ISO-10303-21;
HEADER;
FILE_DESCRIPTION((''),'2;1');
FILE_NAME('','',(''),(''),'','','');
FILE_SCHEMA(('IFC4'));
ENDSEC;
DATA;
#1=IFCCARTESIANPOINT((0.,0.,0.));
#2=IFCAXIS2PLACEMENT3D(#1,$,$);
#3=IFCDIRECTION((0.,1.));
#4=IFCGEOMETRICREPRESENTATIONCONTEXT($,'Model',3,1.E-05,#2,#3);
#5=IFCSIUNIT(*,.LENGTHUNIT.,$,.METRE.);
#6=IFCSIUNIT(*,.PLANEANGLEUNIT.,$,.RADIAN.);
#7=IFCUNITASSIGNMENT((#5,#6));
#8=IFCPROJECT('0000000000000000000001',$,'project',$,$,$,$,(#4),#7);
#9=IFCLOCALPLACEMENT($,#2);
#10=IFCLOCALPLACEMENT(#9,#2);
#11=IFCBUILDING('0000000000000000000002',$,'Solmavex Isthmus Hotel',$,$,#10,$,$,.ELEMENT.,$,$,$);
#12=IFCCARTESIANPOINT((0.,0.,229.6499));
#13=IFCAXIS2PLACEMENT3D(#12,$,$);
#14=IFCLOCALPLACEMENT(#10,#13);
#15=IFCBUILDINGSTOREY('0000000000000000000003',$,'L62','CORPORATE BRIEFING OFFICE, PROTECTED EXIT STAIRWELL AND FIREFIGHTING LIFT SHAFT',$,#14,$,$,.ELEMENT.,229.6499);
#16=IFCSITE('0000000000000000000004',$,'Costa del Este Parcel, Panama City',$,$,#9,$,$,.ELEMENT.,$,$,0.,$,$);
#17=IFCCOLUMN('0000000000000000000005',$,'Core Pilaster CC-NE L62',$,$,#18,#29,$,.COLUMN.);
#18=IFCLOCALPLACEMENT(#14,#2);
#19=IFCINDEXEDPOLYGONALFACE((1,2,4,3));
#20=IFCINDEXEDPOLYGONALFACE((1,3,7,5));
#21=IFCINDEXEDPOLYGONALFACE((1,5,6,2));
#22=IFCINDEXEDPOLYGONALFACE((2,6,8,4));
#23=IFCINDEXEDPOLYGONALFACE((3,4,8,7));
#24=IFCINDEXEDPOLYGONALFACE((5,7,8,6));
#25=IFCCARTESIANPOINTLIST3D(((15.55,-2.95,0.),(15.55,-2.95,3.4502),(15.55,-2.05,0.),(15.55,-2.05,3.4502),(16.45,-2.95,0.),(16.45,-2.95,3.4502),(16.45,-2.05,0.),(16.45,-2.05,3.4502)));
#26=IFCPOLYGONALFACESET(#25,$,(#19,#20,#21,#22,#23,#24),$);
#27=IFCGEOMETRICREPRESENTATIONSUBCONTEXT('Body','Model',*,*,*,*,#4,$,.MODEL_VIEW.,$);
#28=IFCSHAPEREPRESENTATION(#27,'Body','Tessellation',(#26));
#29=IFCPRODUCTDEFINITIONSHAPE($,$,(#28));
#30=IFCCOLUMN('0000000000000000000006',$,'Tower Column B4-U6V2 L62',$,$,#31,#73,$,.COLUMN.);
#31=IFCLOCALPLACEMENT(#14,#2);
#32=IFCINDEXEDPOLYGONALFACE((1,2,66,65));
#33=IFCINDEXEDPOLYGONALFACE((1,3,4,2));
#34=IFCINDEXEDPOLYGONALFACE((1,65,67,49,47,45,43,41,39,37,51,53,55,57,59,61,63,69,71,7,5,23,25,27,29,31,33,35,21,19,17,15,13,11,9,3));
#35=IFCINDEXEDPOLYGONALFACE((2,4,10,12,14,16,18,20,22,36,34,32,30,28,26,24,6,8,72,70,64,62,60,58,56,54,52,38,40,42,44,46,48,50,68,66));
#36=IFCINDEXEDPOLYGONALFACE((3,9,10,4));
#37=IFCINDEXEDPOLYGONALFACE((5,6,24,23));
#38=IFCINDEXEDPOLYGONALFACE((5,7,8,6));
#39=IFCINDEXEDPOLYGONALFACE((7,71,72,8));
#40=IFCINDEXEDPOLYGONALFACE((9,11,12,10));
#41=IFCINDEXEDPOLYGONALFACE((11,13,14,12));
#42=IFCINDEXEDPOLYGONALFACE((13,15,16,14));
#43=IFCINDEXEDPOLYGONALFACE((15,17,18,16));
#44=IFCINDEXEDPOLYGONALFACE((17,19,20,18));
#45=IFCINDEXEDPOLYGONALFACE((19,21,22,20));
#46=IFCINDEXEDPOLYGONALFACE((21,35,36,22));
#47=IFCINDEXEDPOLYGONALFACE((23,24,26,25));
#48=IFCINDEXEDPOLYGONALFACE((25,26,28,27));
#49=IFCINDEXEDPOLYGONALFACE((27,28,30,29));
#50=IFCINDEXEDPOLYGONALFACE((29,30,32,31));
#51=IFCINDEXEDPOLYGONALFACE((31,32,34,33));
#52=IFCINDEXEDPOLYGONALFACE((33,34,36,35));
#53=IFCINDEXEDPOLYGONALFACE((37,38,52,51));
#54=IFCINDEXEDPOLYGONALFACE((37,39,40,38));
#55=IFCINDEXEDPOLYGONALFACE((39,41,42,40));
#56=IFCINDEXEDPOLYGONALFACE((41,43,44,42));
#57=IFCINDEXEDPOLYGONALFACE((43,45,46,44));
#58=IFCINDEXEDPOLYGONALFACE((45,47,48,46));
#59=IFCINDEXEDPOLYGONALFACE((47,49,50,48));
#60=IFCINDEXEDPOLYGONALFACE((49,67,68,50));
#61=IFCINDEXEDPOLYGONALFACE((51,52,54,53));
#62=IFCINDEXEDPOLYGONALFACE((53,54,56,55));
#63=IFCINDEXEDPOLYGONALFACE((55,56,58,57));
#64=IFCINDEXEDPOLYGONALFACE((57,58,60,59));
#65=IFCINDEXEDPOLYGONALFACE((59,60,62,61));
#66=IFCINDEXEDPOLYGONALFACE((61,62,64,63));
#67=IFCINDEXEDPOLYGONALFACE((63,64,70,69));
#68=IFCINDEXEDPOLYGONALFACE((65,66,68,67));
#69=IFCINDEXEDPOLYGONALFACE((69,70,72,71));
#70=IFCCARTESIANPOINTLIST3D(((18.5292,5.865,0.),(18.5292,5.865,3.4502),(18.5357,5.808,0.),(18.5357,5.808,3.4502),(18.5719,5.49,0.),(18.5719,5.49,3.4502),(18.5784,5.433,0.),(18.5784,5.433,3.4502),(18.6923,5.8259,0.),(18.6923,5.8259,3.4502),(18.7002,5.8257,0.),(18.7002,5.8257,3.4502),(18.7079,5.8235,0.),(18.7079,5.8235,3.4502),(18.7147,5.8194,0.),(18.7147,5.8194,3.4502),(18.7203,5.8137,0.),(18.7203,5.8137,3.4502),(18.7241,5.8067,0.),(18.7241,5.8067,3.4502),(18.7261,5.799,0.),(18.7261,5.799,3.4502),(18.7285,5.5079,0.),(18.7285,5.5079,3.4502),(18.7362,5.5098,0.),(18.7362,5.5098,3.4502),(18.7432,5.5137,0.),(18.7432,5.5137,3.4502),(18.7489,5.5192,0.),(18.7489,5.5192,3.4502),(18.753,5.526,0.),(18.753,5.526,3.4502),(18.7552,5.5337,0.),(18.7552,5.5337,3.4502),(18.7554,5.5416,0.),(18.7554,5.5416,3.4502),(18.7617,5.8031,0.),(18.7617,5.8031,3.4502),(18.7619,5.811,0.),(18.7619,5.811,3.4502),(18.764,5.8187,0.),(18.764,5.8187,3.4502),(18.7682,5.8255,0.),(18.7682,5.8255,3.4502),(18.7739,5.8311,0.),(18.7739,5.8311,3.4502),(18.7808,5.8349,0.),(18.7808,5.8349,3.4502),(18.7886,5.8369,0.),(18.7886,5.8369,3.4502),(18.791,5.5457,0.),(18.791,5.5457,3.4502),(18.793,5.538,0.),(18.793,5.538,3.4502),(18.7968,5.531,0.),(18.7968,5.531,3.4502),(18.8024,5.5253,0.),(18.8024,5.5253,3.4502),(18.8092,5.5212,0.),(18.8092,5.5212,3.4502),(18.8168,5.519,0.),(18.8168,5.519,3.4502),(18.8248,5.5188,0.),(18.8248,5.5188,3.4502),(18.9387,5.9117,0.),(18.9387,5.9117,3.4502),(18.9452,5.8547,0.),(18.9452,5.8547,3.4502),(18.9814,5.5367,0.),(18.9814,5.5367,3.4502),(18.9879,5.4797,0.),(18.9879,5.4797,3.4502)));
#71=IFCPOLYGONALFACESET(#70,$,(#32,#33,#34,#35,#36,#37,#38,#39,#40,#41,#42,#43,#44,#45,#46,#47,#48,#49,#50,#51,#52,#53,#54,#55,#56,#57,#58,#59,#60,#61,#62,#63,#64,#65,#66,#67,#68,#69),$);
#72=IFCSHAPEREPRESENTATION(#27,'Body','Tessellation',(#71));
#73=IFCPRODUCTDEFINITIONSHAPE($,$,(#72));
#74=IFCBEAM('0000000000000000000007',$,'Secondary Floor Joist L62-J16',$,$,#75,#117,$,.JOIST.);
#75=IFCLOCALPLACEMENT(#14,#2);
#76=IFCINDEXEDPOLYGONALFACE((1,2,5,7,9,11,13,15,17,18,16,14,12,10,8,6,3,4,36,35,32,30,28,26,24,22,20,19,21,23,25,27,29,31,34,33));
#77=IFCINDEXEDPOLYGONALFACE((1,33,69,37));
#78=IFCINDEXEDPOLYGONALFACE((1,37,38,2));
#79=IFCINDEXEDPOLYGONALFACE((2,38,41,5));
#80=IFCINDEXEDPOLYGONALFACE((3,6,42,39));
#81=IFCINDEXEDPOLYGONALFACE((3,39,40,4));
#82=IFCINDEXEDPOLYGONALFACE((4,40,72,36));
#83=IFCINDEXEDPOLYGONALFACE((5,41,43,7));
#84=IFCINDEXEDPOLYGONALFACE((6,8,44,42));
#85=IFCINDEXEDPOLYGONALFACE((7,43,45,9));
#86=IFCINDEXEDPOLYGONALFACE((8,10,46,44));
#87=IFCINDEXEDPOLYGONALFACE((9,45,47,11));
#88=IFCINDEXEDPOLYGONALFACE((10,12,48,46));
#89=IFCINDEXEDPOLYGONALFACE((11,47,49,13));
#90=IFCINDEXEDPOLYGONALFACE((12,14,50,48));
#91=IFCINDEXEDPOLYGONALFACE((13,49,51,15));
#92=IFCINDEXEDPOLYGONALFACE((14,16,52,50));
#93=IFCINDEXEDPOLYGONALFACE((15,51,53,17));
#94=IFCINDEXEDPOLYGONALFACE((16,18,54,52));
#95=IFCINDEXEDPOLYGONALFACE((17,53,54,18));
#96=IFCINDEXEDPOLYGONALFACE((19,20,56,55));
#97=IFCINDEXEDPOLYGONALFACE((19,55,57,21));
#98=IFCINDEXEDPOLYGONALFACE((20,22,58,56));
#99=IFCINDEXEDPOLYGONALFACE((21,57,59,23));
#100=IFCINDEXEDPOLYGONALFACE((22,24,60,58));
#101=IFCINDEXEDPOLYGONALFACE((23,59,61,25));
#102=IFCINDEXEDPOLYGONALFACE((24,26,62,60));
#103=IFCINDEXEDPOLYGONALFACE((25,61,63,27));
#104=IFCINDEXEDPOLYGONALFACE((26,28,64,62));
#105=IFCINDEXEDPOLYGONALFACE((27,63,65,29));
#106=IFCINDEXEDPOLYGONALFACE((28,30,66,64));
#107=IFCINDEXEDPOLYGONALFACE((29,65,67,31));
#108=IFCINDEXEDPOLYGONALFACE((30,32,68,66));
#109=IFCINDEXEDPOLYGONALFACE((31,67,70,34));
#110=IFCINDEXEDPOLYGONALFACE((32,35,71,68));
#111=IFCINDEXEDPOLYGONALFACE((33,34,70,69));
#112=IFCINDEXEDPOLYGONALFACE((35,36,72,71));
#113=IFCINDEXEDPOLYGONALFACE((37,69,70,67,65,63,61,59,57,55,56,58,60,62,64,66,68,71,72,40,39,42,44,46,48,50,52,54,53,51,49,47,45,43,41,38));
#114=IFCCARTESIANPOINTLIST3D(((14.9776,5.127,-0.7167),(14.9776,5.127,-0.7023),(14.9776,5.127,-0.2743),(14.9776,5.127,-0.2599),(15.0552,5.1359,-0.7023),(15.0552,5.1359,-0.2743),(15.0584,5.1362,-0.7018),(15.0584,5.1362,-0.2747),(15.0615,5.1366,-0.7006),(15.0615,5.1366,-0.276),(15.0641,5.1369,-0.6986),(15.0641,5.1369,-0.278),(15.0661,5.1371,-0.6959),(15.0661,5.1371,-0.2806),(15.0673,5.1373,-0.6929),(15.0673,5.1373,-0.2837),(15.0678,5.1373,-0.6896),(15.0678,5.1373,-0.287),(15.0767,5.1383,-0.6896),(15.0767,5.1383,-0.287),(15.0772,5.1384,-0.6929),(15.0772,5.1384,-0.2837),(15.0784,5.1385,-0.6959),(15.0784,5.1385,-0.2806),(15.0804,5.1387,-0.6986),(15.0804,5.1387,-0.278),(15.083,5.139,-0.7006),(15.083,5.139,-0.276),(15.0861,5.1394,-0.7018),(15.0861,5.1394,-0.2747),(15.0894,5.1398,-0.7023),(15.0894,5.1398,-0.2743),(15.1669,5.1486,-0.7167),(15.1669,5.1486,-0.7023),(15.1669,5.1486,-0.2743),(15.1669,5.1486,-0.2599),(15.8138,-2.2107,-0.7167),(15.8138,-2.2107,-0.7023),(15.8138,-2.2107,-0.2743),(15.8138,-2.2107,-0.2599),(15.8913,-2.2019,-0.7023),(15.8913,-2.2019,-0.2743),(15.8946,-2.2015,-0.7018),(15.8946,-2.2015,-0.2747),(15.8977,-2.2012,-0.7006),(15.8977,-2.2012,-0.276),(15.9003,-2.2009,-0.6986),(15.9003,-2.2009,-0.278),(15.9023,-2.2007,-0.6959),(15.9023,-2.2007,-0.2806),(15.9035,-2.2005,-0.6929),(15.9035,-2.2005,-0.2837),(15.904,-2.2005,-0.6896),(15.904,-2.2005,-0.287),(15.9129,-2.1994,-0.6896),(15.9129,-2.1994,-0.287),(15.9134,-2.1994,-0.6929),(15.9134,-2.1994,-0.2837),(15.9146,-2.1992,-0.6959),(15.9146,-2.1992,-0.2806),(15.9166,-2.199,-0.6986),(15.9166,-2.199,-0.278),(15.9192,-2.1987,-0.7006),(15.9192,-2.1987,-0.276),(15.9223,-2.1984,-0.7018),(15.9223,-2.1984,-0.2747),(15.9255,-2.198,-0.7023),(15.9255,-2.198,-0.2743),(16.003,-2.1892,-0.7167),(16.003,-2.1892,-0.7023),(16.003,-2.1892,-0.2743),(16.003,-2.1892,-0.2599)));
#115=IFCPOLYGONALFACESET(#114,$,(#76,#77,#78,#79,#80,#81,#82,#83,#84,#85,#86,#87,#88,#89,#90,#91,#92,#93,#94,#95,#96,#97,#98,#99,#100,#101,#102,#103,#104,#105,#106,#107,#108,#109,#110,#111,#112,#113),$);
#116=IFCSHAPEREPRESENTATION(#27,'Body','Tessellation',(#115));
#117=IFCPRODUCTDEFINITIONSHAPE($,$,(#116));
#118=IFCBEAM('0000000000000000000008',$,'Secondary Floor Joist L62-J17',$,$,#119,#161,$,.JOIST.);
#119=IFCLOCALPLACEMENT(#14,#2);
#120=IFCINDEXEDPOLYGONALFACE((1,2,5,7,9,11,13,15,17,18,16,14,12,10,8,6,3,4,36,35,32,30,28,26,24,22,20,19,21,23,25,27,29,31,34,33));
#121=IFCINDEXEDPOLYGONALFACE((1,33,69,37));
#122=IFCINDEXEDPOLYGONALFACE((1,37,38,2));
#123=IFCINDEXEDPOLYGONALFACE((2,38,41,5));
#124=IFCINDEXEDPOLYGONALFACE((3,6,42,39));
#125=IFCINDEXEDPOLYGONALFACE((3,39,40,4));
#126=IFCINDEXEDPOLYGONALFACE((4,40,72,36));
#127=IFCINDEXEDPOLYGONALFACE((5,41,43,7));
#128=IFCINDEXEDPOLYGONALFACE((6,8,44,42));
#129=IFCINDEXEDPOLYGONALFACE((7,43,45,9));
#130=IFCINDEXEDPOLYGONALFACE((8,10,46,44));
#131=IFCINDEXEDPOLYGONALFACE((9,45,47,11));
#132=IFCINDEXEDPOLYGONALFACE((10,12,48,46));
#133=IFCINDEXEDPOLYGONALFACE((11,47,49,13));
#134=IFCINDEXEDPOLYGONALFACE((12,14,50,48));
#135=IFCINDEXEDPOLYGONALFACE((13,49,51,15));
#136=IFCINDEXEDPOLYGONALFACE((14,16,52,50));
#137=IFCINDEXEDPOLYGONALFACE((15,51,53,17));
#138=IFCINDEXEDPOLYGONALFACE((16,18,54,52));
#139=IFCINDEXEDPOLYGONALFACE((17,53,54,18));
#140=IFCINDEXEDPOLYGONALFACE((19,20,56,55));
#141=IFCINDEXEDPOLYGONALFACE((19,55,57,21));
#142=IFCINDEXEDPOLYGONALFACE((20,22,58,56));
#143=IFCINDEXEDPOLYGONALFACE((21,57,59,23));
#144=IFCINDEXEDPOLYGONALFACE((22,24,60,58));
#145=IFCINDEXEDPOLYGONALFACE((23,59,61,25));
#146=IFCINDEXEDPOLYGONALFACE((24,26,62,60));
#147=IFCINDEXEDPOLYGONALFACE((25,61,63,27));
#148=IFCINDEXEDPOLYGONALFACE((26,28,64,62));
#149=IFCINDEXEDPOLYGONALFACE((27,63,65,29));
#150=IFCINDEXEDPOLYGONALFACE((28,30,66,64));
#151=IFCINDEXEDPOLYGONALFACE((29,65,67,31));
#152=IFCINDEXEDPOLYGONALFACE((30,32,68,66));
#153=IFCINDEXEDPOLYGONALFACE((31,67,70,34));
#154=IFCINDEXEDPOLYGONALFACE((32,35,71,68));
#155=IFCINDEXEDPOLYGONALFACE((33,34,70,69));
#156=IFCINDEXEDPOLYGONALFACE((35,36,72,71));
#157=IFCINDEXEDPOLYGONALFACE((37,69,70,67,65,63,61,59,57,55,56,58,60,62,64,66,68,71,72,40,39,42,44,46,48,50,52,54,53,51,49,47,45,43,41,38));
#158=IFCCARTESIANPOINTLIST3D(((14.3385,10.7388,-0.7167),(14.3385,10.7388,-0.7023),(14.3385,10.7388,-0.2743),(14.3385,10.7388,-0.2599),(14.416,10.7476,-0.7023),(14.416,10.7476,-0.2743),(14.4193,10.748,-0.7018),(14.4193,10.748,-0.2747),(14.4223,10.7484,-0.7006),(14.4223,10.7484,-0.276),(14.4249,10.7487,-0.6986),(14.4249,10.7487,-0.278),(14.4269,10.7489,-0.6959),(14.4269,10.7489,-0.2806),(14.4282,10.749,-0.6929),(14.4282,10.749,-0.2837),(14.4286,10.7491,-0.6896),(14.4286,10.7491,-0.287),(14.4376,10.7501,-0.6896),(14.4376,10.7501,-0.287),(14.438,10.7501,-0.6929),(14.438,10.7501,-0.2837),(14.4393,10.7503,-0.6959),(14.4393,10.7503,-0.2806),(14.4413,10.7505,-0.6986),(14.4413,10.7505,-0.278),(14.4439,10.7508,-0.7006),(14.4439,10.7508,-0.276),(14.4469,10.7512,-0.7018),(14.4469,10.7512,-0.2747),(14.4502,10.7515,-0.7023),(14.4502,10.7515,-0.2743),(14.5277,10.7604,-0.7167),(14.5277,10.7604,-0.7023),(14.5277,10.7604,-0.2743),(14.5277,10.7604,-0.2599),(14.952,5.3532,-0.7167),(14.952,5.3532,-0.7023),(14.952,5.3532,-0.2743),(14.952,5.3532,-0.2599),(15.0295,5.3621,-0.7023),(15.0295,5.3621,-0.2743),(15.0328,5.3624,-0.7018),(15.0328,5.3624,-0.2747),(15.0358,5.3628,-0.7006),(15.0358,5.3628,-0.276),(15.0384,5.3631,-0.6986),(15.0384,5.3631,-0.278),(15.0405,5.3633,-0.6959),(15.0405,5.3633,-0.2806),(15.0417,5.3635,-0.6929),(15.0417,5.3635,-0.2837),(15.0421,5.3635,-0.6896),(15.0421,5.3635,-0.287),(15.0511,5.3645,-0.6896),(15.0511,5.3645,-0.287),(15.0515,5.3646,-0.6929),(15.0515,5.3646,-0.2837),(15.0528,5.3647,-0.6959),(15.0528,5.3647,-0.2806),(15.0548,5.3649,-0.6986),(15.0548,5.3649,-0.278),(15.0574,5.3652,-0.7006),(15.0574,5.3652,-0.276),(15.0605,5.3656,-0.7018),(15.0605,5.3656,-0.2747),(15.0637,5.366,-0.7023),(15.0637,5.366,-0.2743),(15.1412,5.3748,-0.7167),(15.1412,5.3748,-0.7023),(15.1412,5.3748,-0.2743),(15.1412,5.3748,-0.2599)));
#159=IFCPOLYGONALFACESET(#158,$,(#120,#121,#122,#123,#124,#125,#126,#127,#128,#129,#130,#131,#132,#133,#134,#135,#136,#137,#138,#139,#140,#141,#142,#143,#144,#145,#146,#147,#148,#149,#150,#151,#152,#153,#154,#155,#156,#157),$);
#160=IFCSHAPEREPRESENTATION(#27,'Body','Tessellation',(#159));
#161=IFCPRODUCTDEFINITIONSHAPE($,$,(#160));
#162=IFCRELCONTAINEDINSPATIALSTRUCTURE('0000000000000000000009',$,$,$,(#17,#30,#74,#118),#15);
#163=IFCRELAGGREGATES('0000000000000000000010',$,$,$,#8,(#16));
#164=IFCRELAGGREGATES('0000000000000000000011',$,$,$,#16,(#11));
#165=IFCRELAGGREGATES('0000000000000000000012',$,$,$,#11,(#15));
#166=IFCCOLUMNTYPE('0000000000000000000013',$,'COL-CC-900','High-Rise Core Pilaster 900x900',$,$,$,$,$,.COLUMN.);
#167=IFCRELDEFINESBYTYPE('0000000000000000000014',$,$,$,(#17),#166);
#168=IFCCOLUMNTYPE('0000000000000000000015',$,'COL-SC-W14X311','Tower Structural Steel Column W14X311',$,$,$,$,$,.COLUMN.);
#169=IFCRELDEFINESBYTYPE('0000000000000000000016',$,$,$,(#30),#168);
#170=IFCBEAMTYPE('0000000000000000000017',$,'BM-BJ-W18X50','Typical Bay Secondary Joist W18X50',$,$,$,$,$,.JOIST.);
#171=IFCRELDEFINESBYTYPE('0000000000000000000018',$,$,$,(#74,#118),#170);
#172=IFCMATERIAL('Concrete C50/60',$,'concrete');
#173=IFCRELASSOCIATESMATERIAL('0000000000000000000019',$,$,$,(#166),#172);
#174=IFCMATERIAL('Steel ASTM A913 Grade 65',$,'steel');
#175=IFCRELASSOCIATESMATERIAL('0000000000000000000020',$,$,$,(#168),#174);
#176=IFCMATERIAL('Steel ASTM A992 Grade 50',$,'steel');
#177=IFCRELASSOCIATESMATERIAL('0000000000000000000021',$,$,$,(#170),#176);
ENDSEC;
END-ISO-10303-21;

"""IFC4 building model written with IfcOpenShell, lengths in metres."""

from ifc_helpers import new_model, si_unit, direction, frame, origin, origin_2d, place, context, subcontext, project, spatial, rectangle, i_section, extrude, material, material_profile, profile_set, type_object, element, save


model = new_model("IFC4")

# Units and contexts
model_context = context("Model", 3, precision=1e-05, world=origin(), true_north=direction((0.0, 1.0)))
body_context = subcontext(model_context, "Body", "Model", "MODEL_VIEW")
ifc_project = project(units=[si_unit("LENGTHUNIT", "METRE"), si_unit("PLANEANGLEUNIT", "RADIAN")], contexts=[model_context])

# Site, building, storey
site_placement = place(None, origin())
site = spatial("IfcSite", under=ifc_project, at=site_placement, Name="Costa del Este Parcel, Panama City", CompositionType="ELEMENT", RefElevation=0.0)
building_placement = place(site_placement, origin())
building = spatial("IfcBuilding", under=site, at=building_placement, Name="Solmavex Isthmus Hotel", CompositionType="ELEMENT")
storey_placement = place(building_placement, frame((0.0, 0.0, 229.6499)))
storey = spatial("IfcBuildingStorey", under=building, at=storey_placement, Name="L62", Description="CORPORATE BRIEFING OFFICE, PROTECTED EXIT STAIRWELL AND FIREFIGHTING LIFT SHAFT", CompositionType="ELEMENT", Elevation=229.6499)

# Columns
ifc_material_1 = material(Name="Concrete C50/60", Category="concrete")
ifc_material_profile_1 = material_profile(ifc_material_1, rectangle(XDim=0.8999, YDim=0.8999, at=origin_2d()), Name="RC900X900")
ifc_profile_set_1 = profile_set([ifc_material_profile_1], Name="Concrete C50/60")
column_type_1 = type_object("IfcColumnType", Name="COL-CC-900", Description="High-Rise Core Pilaster 900x900", PredefinedType="COLUMN", material=ifc_profile_set_1)
column_1_placement = place(storey_placement, frame((16.0, -2.5, 0.0), z_axis=(0.0, 0.0, 1.0), x_axis=(1.0, 0.0, 0.0)))
element("IfcColumn", 1, at=column_1_placement, inside=storey, type_object=column_type_1, Name="Core Pilaster CC-NE L62", PredefinedType="COLUMN", context=body_context, shape_type="SweptSolid", body=[
    extrude(rectangle(XDim=0.8999, YDim=0.8999, at=origin_2d()), origin(), (0.0, 0.0, 1.0), 3.4502),
])
ifc_material_2 = material(Name="Steel ASTM A913 Grade 65", Category="steel")
ifc_material_profile_2 = material_profile(ifc_material_2, i_section(OverallWidth=0.4121, OverallDepth=0.4348, WebThickness=0.0359, FlangeThickness=0.0574, FilletRadius=0.0305, at=origin_2d()), Name="W14X311")
ifc_profile_set_2 = profile_set([ifc_material_profile_2], Name="Steel ASTM A913 Grade 65")
column_type_2 = type_object("IfcColumnType", Name="COL-SC-W14X311", Description="Tower Structural Steel Column W14X311", PredefinedType="COLUMN", material=ifc_profile_set_2)
column_2_placement = place(storey_placement, frame((18.7585, 5.6724, 0.0), z_axis=(0.0, 0.0, 1.0), x_axis=(0.993572, 0.113203, 0.0)))
element("IfcColumn", 2, at=column_2_placement, inside=storey, type_object=column_type_2, Name="Tower Column B4-U6V2 L62", PredefinedType="COLUMN", context=body_context, shape_type="SweptSolid", body=[
    extrude(i_section(OverallWidth=0.4121, OverallDepth=0.4348, WebThickness=0.0359, FlangeThickness=0.0574, FilletRadius=0.0305, at=origin_2d()), origin(), (0.0, 0.0, 1.0), 3.4502),
])

# Beams
ifc_material_3 = material(Name="Steel ASTM A992 Grade 50", Category="steel")
ifc_material_profile_3 = material_profile(ifc_material_3, i_section(OverallWidth=0.1904, OverallDepth=0.4568, WebThickness=0.009, FlangeThickness=0.0144, FilletRadius=0.0127, at=origin_2d()), Name="W18X50")
ifc_profile_set_3 = profile_set([ifc_material_profile_3], Name="Steel ASTM A992 Grade 50")
beam_type_1 = type_object("IfcBeamType", Name="BM-BJ-W18X50", Description="Typical Bay Secondary Joist W18X50", PredefinedType="JOIST", material=ifc_profile_set_3)
beam_1_placement = place(storey_placement, frame((15.9084, -2.2, -0.4883), z_axis=(-0.113225, 0.993569, 0.0), x_axis=(-0.993569, -0.113225, 0.0)))
element("IfcBeam", 3, at=beam_1_placement, inside=storey, type_object=beam_type_1, Name="Secondary Floor Joist L62-J16", PredefinedType="JOIST", context=body_context, shape_type="SweptSolid", body=[
    extrude(i_section(OverallWidth=0.1904, OverallDepth=0.4568, WebThickness=0.009, FlangeThickness=0.0144, FilletRadius=0.0127, at=origin_2d()), origin(), (0.0, 0.0, 1.0), 7.3853),
])
beam_2_placement = place(storey_placement, frame((15.0466, 5.364, -0.4883), z_axis=(-0.11319, 0.993573, 0.0), x_axis=(-0.993573, -0.11319, 0.0)))
element("IfcBeam", 4, at=beam_2_placement, inside=storey, type_object=beam_type_1, Name="Secondary Floor Joist L62-J17", PredefinedType="JOIST", context=body_context, shape_type="SweptSolid", body=[
    extrude(i_section(OverallWidth=0.1904, OverallDepth=0.4568, WebThickness=0.009, FlangeThickness=0.0144, FilletRadius=0.0127, at=origin_2d()), origin(), (0.0, 0.0, 1.0), 5.4204),
])

save(model, "model.ifc")
